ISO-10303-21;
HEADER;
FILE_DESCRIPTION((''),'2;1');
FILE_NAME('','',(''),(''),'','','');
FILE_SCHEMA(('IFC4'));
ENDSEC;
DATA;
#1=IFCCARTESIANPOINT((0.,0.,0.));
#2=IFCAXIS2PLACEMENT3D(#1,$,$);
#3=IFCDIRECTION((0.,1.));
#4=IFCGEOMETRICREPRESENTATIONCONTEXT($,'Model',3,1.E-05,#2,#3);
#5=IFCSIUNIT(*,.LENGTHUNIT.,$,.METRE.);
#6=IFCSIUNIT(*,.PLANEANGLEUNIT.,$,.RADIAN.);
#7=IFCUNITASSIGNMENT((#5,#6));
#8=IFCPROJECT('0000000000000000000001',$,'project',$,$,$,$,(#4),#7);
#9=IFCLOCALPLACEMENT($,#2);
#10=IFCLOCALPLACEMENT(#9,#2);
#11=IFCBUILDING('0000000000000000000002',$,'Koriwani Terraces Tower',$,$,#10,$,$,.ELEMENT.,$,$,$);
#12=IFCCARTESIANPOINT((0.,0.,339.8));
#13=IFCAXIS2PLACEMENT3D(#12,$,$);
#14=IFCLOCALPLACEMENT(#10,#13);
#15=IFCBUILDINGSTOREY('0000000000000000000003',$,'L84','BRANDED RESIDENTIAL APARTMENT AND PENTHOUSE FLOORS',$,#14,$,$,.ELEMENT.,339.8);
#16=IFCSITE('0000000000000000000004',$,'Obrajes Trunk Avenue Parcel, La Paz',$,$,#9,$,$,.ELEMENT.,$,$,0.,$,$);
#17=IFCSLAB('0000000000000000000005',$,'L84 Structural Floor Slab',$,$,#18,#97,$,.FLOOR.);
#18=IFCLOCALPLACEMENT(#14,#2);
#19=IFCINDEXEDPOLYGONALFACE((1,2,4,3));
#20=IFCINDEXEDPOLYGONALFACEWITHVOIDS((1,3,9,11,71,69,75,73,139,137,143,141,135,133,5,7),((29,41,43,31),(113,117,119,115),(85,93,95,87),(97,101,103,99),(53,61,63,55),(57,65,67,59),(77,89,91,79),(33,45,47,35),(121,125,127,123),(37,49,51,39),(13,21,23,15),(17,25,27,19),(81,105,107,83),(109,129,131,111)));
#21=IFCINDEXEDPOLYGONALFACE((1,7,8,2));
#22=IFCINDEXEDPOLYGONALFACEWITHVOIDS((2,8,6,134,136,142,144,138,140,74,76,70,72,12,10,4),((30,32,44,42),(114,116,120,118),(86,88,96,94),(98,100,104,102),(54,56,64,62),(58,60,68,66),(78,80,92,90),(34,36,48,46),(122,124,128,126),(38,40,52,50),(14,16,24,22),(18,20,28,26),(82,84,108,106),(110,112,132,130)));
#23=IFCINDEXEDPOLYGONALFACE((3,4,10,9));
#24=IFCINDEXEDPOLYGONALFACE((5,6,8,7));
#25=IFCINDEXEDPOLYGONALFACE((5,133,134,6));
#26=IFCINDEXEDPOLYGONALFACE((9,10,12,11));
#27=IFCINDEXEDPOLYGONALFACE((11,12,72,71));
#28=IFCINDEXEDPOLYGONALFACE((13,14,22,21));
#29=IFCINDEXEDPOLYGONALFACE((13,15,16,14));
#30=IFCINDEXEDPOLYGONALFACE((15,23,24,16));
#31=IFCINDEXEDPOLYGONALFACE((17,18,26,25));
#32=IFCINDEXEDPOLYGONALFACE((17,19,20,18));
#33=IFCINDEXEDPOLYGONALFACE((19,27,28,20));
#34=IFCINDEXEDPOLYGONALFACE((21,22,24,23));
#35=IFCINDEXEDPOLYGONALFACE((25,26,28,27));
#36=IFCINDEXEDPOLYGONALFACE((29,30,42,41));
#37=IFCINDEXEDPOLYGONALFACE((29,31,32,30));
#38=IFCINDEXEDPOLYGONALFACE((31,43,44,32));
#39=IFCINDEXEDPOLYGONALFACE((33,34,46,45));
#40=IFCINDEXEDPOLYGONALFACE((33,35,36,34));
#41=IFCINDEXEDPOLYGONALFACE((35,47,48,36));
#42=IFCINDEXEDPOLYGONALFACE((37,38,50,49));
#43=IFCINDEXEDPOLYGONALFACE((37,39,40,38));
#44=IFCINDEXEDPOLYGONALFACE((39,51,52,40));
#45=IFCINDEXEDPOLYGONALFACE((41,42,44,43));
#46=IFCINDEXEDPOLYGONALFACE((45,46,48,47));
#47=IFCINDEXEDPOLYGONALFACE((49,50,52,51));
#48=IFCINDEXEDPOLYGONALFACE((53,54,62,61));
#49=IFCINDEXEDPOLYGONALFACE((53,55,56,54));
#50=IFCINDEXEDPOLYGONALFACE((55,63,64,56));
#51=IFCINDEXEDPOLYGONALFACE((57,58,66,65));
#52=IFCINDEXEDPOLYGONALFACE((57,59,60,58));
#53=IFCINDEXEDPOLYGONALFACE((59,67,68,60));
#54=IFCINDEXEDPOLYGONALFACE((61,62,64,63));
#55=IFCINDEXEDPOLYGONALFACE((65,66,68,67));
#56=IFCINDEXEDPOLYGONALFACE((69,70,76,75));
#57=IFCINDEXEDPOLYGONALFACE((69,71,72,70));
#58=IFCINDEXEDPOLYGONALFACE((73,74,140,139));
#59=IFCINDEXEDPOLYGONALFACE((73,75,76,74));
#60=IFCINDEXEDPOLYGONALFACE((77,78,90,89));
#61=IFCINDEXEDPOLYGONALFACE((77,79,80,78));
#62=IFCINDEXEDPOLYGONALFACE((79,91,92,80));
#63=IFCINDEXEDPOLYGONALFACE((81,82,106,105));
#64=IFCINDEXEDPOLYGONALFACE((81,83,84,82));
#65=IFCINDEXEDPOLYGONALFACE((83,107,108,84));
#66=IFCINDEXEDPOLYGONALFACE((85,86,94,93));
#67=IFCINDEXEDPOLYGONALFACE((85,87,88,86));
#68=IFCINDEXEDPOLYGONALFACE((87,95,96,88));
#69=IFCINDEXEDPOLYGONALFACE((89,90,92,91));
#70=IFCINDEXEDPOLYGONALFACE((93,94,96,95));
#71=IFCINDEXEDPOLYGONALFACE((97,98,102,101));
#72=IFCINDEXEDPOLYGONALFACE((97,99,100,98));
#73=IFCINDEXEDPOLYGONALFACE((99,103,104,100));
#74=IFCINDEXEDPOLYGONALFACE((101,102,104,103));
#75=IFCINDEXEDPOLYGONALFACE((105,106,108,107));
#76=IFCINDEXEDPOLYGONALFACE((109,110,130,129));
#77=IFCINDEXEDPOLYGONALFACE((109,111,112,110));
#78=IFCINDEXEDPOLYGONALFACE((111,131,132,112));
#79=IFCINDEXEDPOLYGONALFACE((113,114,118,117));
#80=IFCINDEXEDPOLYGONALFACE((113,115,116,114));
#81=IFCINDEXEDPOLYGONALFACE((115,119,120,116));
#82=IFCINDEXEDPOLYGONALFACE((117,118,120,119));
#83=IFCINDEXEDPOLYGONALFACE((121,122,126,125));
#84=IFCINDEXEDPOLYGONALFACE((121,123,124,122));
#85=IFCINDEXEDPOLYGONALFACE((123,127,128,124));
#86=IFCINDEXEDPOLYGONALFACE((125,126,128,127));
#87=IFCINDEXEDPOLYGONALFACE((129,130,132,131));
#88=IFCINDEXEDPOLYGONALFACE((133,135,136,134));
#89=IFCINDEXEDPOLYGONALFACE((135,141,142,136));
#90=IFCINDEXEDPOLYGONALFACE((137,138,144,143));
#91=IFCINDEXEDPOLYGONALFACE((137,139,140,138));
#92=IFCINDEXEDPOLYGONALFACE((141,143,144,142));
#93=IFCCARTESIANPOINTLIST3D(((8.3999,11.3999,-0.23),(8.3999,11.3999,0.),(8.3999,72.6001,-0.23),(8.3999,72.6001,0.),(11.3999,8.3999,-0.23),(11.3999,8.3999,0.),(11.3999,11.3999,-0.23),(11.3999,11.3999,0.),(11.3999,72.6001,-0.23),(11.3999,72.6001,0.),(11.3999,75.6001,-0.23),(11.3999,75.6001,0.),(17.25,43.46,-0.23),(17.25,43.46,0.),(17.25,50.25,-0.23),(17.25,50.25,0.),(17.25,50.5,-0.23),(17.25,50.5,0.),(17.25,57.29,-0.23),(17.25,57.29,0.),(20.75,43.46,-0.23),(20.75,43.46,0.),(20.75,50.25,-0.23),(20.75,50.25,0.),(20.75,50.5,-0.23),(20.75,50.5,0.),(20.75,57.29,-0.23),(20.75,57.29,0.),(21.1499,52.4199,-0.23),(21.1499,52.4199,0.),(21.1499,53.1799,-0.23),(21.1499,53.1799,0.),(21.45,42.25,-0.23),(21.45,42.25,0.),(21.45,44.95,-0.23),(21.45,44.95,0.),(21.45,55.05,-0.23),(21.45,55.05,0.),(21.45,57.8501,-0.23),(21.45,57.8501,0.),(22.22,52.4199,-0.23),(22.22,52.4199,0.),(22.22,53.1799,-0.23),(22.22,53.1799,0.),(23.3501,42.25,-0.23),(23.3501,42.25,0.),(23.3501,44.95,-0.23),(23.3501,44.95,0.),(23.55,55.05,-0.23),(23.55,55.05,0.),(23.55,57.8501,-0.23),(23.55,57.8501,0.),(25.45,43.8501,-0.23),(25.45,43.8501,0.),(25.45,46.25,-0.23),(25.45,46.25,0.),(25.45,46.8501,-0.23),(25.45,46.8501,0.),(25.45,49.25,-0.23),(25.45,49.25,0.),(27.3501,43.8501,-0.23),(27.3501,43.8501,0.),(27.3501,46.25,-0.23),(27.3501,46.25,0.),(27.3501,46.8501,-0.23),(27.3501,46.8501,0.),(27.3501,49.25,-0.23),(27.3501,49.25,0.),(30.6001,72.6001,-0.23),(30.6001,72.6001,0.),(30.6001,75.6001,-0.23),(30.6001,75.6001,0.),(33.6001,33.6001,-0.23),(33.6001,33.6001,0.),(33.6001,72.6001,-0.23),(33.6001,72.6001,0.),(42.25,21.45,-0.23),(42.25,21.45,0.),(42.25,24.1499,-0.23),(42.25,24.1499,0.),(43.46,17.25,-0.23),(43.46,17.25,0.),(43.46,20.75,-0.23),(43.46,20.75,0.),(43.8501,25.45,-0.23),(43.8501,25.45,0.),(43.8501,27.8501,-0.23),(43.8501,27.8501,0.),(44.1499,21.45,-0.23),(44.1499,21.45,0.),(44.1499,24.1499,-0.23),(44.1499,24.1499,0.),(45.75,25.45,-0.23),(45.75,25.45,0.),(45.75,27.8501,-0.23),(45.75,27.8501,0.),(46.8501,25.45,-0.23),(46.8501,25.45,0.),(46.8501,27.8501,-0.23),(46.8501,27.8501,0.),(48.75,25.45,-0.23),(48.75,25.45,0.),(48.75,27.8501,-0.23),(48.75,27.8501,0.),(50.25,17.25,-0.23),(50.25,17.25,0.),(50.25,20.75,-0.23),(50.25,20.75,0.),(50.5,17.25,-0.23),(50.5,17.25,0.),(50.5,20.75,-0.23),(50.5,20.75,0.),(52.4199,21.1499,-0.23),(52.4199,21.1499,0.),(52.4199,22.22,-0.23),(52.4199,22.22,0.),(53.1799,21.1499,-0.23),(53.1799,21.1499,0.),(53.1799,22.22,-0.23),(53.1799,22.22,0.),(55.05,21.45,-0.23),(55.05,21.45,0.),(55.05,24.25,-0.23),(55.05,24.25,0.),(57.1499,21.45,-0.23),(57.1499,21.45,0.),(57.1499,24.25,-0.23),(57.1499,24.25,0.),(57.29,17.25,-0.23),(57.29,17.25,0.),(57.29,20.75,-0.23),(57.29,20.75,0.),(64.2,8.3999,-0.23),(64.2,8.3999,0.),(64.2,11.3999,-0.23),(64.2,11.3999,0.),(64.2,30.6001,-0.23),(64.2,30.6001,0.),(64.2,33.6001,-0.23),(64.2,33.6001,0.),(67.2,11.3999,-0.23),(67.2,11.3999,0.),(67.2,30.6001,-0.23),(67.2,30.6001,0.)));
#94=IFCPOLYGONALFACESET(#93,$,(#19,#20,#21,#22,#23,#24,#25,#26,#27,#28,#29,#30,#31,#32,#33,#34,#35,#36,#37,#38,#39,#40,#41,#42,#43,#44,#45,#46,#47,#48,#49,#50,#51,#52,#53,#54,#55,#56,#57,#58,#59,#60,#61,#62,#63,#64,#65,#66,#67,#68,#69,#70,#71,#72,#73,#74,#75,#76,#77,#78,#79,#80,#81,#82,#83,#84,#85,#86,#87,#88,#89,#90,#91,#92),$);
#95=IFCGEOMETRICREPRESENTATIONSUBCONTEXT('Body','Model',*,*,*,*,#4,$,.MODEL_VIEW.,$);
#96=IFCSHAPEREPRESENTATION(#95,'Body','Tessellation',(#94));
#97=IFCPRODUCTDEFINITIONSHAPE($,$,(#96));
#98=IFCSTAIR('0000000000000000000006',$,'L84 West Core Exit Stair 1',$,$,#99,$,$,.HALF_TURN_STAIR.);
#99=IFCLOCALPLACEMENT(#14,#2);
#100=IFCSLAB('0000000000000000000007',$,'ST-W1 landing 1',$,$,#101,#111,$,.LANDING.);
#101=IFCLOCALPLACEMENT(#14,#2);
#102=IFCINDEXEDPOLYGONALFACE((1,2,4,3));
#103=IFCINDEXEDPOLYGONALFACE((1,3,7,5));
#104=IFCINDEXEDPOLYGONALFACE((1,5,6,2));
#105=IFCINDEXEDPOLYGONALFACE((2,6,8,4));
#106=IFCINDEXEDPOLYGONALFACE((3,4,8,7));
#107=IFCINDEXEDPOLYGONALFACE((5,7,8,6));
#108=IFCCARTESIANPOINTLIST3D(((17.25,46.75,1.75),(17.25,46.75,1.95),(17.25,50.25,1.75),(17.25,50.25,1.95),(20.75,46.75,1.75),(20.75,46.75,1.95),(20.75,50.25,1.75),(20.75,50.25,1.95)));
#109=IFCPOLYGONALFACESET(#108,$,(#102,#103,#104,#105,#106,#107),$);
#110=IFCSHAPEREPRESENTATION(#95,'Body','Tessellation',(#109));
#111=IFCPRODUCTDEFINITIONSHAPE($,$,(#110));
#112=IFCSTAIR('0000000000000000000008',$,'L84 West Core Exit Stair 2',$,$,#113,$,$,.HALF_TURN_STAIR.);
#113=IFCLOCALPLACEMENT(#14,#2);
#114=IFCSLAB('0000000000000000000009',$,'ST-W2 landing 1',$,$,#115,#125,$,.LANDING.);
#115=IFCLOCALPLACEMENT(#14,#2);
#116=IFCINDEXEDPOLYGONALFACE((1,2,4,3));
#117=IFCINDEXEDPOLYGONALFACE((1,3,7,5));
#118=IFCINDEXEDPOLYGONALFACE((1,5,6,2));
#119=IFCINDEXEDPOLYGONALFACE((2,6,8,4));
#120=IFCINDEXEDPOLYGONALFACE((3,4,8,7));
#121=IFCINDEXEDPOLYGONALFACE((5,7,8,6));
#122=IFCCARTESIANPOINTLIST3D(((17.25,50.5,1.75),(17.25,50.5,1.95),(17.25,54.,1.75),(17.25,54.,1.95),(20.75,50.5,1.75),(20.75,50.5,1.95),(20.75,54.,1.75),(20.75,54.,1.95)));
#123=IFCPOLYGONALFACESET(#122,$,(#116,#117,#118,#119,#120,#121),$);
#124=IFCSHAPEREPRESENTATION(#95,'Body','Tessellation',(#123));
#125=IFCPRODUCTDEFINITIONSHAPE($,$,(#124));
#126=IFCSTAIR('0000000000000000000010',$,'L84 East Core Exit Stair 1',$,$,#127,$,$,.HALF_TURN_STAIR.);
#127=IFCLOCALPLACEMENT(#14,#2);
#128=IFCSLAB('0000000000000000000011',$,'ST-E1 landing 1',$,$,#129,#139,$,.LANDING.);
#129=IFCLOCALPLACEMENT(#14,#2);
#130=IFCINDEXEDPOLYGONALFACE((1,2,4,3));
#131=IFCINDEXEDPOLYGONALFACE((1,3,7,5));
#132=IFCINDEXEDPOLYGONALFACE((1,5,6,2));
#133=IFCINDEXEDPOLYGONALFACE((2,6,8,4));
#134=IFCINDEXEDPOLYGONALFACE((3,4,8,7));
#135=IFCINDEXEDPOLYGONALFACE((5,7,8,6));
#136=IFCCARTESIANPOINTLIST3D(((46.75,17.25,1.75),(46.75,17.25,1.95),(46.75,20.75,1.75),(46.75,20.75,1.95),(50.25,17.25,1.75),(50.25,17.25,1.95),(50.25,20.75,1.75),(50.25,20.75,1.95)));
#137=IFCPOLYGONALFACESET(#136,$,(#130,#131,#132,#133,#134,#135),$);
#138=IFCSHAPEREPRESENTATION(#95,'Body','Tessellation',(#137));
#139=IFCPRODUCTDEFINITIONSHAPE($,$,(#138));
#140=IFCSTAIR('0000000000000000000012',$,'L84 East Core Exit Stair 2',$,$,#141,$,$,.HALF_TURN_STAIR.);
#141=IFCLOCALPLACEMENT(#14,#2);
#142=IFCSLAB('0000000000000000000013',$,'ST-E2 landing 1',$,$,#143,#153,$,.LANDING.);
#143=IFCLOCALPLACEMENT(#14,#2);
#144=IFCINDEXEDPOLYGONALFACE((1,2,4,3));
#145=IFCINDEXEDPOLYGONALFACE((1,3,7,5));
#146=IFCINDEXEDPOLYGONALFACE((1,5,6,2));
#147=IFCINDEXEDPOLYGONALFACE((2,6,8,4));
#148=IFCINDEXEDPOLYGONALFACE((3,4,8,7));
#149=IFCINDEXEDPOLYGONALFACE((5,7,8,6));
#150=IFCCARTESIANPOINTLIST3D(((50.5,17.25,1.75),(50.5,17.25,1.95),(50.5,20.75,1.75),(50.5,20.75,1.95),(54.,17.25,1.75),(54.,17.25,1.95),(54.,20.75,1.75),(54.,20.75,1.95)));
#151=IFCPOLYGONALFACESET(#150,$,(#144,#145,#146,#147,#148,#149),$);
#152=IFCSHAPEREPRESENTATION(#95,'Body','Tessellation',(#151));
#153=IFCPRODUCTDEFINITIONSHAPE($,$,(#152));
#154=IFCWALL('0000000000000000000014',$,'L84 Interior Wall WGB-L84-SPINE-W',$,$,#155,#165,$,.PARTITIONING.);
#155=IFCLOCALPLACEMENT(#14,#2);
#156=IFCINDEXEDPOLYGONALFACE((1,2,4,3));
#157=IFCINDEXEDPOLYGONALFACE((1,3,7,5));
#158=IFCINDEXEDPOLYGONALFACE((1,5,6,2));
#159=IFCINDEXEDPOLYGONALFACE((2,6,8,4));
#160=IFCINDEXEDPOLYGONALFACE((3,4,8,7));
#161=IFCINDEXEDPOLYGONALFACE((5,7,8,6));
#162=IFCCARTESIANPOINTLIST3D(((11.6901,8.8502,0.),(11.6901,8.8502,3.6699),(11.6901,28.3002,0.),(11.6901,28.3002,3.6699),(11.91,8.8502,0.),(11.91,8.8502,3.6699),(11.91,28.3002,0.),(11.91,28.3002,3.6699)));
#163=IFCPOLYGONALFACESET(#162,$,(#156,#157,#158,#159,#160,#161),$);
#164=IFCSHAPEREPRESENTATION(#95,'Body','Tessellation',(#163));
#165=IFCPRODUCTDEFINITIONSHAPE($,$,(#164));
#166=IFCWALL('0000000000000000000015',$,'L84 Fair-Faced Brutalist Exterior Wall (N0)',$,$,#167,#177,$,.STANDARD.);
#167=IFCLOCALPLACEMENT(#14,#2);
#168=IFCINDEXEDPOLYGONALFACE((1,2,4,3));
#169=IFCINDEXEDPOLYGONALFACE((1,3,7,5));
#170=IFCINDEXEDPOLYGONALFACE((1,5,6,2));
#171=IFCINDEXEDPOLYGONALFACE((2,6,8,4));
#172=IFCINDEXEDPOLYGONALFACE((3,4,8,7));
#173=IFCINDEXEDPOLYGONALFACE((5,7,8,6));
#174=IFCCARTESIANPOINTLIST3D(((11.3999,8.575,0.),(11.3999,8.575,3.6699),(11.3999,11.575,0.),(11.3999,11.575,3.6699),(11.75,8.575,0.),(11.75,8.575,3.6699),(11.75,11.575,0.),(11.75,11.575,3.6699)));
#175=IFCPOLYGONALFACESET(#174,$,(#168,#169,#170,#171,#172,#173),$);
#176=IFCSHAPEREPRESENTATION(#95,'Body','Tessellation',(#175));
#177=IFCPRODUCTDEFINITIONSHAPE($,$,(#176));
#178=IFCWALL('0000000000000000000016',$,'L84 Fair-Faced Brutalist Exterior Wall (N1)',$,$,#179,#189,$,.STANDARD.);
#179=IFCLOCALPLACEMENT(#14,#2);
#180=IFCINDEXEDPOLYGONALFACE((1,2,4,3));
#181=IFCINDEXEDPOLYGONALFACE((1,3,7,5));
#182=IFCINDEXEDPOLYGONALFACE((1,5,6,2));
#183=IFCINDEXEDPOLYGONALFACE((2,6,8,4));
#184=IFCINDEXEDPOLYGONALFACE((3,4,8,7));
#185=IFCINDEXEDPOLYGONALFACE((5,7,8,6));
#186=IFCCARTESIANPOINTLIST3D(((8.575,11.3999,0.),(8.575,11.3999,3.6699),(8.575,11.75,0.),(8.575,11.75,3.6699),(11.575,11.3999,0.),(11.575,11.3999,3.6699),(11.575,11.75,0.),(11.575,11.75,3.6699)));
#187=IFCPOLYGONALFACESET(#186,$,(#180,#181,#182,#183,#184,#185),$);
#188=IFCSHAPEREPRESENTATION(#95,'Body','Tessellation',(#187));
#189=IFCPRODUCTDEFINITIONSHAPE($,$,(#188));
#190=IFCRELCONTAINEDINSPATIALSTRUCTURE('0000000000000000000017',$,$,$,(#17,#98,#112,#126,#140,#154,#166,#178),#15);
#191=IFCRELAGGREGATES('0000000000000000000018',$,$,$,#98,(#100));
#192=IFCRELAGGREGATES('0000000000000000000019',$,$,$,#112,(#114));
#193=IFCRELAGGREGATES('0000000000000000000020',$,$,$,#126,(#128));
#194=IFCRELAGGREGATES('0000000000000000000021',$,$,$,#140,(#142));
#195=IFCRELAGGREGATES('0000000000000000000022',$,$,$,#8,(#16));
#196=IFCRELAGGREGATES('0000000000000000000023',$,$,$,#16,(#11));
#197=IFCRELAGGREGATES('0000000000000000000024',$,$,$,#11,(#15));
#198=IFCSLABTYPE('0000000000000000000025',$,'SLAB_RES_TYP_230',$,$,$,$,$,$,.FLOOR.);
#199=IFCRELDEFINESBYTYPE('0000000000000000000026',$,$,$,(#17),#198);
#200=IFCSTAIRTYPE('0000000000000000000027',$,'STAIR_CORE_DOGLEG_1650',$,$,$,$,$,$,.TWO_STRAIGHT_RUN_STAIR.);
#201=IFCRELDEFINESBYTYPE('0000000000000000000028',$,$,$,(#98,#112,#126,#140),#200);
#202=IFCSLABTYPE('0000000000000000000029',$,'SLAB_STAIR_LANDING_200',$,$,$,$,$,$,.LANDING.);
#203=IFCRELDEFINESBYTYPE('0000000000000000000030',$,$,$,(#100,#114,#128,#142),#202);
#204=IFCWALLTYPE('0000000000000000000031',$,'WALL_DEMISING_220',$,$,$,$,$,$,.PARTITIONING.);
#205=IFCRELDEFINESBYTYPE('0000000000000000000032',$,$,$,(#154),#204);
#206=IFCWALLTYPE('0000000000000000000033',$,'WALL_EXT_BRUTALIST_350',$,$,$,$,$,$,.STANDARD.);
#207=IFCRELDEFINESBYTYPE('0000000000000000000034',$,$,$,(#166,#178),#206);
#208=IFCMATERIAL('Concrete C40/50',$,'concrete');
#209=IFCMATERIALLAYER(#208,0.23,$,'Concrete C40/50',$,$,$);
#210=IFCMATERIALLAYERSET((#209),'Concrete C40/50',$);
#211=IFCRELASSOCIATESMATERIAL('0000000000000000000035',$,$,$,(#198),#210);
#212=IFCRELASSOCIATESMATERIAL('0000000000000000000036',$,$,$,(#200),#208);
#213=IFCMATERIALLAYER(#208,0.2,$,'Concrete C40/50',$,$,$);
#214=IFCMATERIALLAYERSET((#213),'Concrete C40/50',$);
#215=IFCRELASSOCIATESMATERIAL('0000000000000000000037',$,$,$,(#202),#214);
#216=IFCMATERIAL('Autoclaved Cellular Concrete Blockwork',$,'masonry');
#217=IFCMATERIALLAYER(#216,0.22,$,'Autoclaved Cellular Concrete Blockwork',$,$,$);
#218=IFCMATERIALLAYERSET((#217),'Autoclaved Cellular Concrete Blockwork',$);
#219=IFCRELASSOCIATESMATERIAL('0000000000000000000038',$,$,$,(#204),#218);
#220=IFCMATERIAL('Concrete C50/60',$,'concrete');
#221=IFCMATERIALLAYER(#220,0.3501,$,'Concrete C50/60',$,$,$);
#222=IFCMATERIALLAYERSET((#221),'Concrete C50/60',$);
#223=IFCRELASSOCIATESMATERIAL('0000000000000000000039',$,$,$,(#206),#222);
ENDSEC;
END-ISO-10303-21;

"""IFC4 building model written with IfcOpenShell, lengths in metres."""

from ifc_helpers import new_model, si_unit, direction, frame, frame_2d, origin, place, context, subcontext, project, spatial, polyline, rectangle, outline, extrude, material, layer, layer_set, type_object, element, aggregate, save


model = new_model("IFC4")

# Units and contexts
model_context = context("Model", 3, precision=1e-05, world=origin(), true_north=direction((0.0, 1.0)))
body_context = subcontext(model_context, "Body", "Model", "MODEL_VIEW")
ifc_project = project(units=[si_unit("LENGTHUNIT", "METRE"), si_unit("PLANEANGLEUNIT", "RADIAN")], contexts=[model_context])

# Site, building, storey
site_placement = place(None, origin())
site = spatial("IfcSite", under=ifc_project, at=site_placement, Name="Obrajes Trunk Avenue Parcel, La Paz", CompositionType="ELEMENT", RefElevation=0.0)
building_placement = place(site_placement, origin())
building = spatial("IfcBuilding", under=site, at=building_placement, Name="Koriwani Terraces Tower", CompositionType="ELEMENT")
storey_placement = place(building_placement, frame((0.0, 0.0, 339.8)))
storey = spatial("IfcBuildingStorey", under=building, at=storey_placement, Name="L84", Description="BRANDED RESIDENTIAL APARTMENT AND PENTHOUSE FLOORS", CompositionType="ELEMENT", Elevation=339.8)

# Shared definitions
ifc_material_1 = material(Name="Concrete C50/60", Category="concrete")

# Shared definitions
ifc_material_2 = material(Name="Concrete C40/50", Category="concrete")

# Slab
ifc_layer_1 = layer(ifc_material_2, 0.23, Name="Concrete C40/50")
ifc_layer_set_1 = layer_set([ifc_layer_1], Name="Concrete C40/50")
slab_type_1 = type_object("IfcSlabType", Name="SLAB_RES_TYP_230", PredefinedType="FLOOR", material=ifc_layer_set_1)
slab_1_placement = place(storey_placement, frame((0.0, 0.0, -0.23)))
element("IfcSlab", 1, at=slab_1_placement, inside=storey, type_object=slab_type_1, Name="L84 Structural Floor Slab", PredefinedType="FLOOR", context=body_context, shape_type="SweptSolid", body=[
    extrude(outline(polyline([(11.3999, 8.3999), (64.2, 8.3999), (64.2, 11.3999), (67.2, 11.3999), (67.2, 30.6001), (64.2, 30.6001), (64.2, 33.6001), (33.6001, 33.6001), (33.6001, 72.6001), (30.6001, 72.6001), (30.6001, 75.6001), (11.3999, 75.6001), (11.3999, 72.6001), (8.3999, 72.6001), (8.3999, 11.3999), (11.3999, 11.3999), (11.3999, 8.3999)]), holes=[polyline([(17.25, 43.46), (20.75, 43.46), (20.75, 50.25), (17.25, 50.25), (17.25, 43.46)]), polyline([(17.25, 50.5), (20.75, 50.5), (20.75, 57.29), (17.25, 57.29), (17.25, 50.5)]), polyline([(43.46, 17.25), (50.25, 17.25), (50.25, 20.75), (43.46, 20.75), (43.46, 17.25)]), polyline([(50.5, 17.25), (57.29, 17.25), (57.29, 20.75), (50.5, 20.75), (50.5, 17.25)]), polyline([(25.45, 43.8501), (27.3501, 43.8501), (27.3501, 46.25), (25.45, 46.25), (25.45, 43.8501)]), polyline([(25.45, 46.8501), (27.3501, 46.8501), (27.3501, 49.25), (25.45, 49.25), (25.45, 46.8501)]), polyline([(43.8501, 25.45), (45.75, 25.45), (45.75, 27.8501), (43.8501, 27.8501), (43.8501, 25.45)]), polyline([(46.8501, 25.45), (48.75, 25.45), (48.75, 27.8501), (46.8501, 27.8501), (46.8501, 25.45)]), polyline([(21.45, 55.05), (23.55, 55.05), (23.55, 57.8501), (21.45, 57.8501), (21.45, 55.05)]), polyline([(55.05, 21.45), (57.1499, 21.45), (57.1499, 24.25), (55.05, 24.25), (55.05, 21.45)]), polyline([(21.45, 42.25), (23.3501, 42.25), (23.3501, 44.95), (21.45, 44.95), (21.45, 42.25)]), polyline([(42.25, 21.45), (44.1499, 21.45), (44.1499, 24.1499), (42.25, 24.1499), (42.25, 21.45)]), polyline([(21.1499, 52.4199), (22.22, 52.4199), (22.22, 53.1799), (21.1499, 53.1799), (21.1499, 52.4199)]), polyline([(52.4199, 21.1499), (53.1799, 21.1499), (53.1799, 22.22), (52.4199, 22.22), (52.4199, 21.1499)])]), origin(), (0.0, 0.0, 1.0), 0.23),
])

# Stairs, slabs
stair_type = type_object("IfcStairType", Name="STAIR_CORE_DOGLEG_1650", PredefinedType="TWO_STRAIGHT_RUN_STAIR", material=ifc_material_2)
stair_1_placement = place(storey_placement, origin())
stair_1 = element("IfcStair", 2, at=stair_1_placement, inside=storey, type_object=stair_type, Name="L84 West Core Exit Stair 1", PredefinedType="HALF_TURN_STAIR")
ifc_layer_2 = layer(ifc_material_2, 0.2, Name="Concrete C40/50")
ifc_layer_set_2 = layer_set([ifc_layer_2], Name="Concrete C40/50")
slab_type_2 = type_object("IfcSlabType", Name="SLAB_STAIR_LANDING_200", PredefinedType="LANDING", material=ifc_layer_set_2)
slab_2_placement = place(storey_placement, frame((0.0, 0.0, 1.75)))
slab_2 = element("IfcSlab", 3, at=slab_2_placement, type_object=slab_type_2, Name="ST-W1 landing 1", PredefinedType="LANDING", context=body_context, shape_type="SweptSolid", body=[
    extrude(outline(polyline([(20.75, 46.75), (20.75, 50.25), (17.25, 50.25), (17.25, 46.75), (20.75, 46.75)])), origin(), (0.0, 0.0, 1.0), 0.2),
])
aggregate(stair_1, [slab_2])
stair_2_placement = place(storey_placement, origin())
stair_2 = element("IfcStair", 4, at=stair_2_placement, inside=storey, type_object=stair_type, Name="L84 West Core Exit Stair 2", PredefinedType="HALF_TURN_STAIR")
slab_3_placement = place(storey_placement, frame((0.0, 0.0, 1.75)))
slab_3 = element("IfcSlab", 5, at=slab_3_placement, type_object=slab_type_2, Name="ST-W2 landing 1", PredefinedType="LANDING", context=body_context, shape_type="SweptSolid", body=[
    extrude(outline(polyline([(17.25, 54.0), (17.25, 50.5), (20.75, 50.5), (20.75, 54.0), (17.25, 54.0)])), origin(), (0.0, 0.0, 1.0), 0.2),
])
aggregate(stair_2, [slab_3])
stair_3_placement = place(storey_placement, origin())
stair_3 = element("IfcStair", 6, at=stair_3_placement, inside=storey, type_object=stair_type, Name="L84 East Core Exit Stair 1", PredefinedType="HALF_TURN_STAIR")
slab_4_placement = place(storey_placement, frame((0.0, 0.0, 1.75)))
slab_4 = element("IfcSlab", 7, at=slab_4_placement, type_object=slab_type_2, Name="ST-E1 landing 1", PredefinedType="LANDING", context=body_context, shape_type="SweptSolid", body=[
    extrude(outline(polyline([(46.75, 17.25), (50.25, 17.25), (50.25, 20.75), (46.75, 20.75), (46.75, 17.25)])), origin(), (0.0, 0.0, 1.0), 0.2),
])
aggregate(stair_3, [slab_4])
stair_4_placement = place(storey_placement, origin())
stair_4 = element("IfcStair", 8, at=stair_4_placement, inside=storey, type_object=stair_type, Name="L84 East Core Exit Stair 2", PredefinedType="HALF_TURN_STAIR")
slab_5_placement = place(storey_placement, frame((0.0, 0.0, 1.75)))
slab_5 = element("IfcSlab", 9, at=slab_5_placement, type_object=slab_type_2, Name="ST-E2 landing 1", PredefinedType="LANDING", context=body_context, shape_type="SweptSolid", body=[
    extrude(outline(polyline([(54.0, 20.75), (50.5, 20.75), (50.5, 17.25), (54.0, 17.25), (54.0, 20.75)])), origin(), (0.0, 0.0, 1.0), 0.2),
])
aggregate(stair_4, [slab_5])

# Walls
ifc_material_3 = material(Name="Autoclaved Cellular Concrete Blockwork", Category="masonry")
ifc_layer_3 = layer(ifc_material_3, 0.22, Name="Autoclaved Cellular Concrete Blockwork")
ifc_layer_set_3 = layer_set([ifc_layer_3], Name="Autoclaved Cellular Concrete Blockwork")
wall_type_1 = type_object("IfcWallType", Name="WALL_DEMISING_220", PredefinedType="PARTITIONING", material=ifc_layer_set_3)
wall_1_placement = place(storey_placement, frame((11.8, 8.8501, 0.0), z_axis=(0.0, 0.0, 1.0), x_axis=(0.0, 1.0, 0.0)))
element("IfcWall", 10, at=wall_1_placement, inside=storey, type_object=wall_type_1, Name="L84 Interior Wall WGB-L84-SPINE-W", PredefinedType="PARTITIONING", context=body_context, shape_type="SweptSolid", body=[
    extrude(rectangle(XDim=19.45, YDim=0.22, at=frame_2d((9.7251, 0.0))), origin(), (0.0, 0.0, 1.0), 3.6699),
])
ifc_layer_4 = layer(ifc_material_1, 0.3501, Name="Concrete C50/60")
ifc_layer_set_4 = layer_set([ifc_layer_4], Name="Concrete C50/60")
wall_type_2 = type_object("IfcWallType", Name="WALL_EXT_BRUTALIST_350", PredefinedType="STANDARD", material=ifc_layer_set_4)
for number, where, z_axis, x_axis, name in (
    (11, (11.575, 8.575, 0.0), (0.0, 0.0, 1.0), (0.0, 1.0, 0.0), "L84 Fair-Faced Brutalist Exterior Wall (N0)"),
    (12, (11.575, 11.575, 0.0), (0.0, 0.0, 1.0), (-1.0, 0.0, 0.0), "L84 Fair-Faced Brutalist Exterior Wall (N1)"),
):
    element("IfcWall", number, at=place(storey_placement, frame(where, z_axis=z_axis, x_axis=x_axis)), inside=storey, type_object=wall_type_2, Name=name, PredefinedType="STANDARD", context=body_context, shape_type="SweptSolid", body=[
        extrude(rectangle(XDim=3.0, YDim=0.3501, at=frame_2d((1.5, 0.0))), origin(), (0.0, 0.0, 1.0), 3.6699),
    ])

save(model, "model.ifc")
